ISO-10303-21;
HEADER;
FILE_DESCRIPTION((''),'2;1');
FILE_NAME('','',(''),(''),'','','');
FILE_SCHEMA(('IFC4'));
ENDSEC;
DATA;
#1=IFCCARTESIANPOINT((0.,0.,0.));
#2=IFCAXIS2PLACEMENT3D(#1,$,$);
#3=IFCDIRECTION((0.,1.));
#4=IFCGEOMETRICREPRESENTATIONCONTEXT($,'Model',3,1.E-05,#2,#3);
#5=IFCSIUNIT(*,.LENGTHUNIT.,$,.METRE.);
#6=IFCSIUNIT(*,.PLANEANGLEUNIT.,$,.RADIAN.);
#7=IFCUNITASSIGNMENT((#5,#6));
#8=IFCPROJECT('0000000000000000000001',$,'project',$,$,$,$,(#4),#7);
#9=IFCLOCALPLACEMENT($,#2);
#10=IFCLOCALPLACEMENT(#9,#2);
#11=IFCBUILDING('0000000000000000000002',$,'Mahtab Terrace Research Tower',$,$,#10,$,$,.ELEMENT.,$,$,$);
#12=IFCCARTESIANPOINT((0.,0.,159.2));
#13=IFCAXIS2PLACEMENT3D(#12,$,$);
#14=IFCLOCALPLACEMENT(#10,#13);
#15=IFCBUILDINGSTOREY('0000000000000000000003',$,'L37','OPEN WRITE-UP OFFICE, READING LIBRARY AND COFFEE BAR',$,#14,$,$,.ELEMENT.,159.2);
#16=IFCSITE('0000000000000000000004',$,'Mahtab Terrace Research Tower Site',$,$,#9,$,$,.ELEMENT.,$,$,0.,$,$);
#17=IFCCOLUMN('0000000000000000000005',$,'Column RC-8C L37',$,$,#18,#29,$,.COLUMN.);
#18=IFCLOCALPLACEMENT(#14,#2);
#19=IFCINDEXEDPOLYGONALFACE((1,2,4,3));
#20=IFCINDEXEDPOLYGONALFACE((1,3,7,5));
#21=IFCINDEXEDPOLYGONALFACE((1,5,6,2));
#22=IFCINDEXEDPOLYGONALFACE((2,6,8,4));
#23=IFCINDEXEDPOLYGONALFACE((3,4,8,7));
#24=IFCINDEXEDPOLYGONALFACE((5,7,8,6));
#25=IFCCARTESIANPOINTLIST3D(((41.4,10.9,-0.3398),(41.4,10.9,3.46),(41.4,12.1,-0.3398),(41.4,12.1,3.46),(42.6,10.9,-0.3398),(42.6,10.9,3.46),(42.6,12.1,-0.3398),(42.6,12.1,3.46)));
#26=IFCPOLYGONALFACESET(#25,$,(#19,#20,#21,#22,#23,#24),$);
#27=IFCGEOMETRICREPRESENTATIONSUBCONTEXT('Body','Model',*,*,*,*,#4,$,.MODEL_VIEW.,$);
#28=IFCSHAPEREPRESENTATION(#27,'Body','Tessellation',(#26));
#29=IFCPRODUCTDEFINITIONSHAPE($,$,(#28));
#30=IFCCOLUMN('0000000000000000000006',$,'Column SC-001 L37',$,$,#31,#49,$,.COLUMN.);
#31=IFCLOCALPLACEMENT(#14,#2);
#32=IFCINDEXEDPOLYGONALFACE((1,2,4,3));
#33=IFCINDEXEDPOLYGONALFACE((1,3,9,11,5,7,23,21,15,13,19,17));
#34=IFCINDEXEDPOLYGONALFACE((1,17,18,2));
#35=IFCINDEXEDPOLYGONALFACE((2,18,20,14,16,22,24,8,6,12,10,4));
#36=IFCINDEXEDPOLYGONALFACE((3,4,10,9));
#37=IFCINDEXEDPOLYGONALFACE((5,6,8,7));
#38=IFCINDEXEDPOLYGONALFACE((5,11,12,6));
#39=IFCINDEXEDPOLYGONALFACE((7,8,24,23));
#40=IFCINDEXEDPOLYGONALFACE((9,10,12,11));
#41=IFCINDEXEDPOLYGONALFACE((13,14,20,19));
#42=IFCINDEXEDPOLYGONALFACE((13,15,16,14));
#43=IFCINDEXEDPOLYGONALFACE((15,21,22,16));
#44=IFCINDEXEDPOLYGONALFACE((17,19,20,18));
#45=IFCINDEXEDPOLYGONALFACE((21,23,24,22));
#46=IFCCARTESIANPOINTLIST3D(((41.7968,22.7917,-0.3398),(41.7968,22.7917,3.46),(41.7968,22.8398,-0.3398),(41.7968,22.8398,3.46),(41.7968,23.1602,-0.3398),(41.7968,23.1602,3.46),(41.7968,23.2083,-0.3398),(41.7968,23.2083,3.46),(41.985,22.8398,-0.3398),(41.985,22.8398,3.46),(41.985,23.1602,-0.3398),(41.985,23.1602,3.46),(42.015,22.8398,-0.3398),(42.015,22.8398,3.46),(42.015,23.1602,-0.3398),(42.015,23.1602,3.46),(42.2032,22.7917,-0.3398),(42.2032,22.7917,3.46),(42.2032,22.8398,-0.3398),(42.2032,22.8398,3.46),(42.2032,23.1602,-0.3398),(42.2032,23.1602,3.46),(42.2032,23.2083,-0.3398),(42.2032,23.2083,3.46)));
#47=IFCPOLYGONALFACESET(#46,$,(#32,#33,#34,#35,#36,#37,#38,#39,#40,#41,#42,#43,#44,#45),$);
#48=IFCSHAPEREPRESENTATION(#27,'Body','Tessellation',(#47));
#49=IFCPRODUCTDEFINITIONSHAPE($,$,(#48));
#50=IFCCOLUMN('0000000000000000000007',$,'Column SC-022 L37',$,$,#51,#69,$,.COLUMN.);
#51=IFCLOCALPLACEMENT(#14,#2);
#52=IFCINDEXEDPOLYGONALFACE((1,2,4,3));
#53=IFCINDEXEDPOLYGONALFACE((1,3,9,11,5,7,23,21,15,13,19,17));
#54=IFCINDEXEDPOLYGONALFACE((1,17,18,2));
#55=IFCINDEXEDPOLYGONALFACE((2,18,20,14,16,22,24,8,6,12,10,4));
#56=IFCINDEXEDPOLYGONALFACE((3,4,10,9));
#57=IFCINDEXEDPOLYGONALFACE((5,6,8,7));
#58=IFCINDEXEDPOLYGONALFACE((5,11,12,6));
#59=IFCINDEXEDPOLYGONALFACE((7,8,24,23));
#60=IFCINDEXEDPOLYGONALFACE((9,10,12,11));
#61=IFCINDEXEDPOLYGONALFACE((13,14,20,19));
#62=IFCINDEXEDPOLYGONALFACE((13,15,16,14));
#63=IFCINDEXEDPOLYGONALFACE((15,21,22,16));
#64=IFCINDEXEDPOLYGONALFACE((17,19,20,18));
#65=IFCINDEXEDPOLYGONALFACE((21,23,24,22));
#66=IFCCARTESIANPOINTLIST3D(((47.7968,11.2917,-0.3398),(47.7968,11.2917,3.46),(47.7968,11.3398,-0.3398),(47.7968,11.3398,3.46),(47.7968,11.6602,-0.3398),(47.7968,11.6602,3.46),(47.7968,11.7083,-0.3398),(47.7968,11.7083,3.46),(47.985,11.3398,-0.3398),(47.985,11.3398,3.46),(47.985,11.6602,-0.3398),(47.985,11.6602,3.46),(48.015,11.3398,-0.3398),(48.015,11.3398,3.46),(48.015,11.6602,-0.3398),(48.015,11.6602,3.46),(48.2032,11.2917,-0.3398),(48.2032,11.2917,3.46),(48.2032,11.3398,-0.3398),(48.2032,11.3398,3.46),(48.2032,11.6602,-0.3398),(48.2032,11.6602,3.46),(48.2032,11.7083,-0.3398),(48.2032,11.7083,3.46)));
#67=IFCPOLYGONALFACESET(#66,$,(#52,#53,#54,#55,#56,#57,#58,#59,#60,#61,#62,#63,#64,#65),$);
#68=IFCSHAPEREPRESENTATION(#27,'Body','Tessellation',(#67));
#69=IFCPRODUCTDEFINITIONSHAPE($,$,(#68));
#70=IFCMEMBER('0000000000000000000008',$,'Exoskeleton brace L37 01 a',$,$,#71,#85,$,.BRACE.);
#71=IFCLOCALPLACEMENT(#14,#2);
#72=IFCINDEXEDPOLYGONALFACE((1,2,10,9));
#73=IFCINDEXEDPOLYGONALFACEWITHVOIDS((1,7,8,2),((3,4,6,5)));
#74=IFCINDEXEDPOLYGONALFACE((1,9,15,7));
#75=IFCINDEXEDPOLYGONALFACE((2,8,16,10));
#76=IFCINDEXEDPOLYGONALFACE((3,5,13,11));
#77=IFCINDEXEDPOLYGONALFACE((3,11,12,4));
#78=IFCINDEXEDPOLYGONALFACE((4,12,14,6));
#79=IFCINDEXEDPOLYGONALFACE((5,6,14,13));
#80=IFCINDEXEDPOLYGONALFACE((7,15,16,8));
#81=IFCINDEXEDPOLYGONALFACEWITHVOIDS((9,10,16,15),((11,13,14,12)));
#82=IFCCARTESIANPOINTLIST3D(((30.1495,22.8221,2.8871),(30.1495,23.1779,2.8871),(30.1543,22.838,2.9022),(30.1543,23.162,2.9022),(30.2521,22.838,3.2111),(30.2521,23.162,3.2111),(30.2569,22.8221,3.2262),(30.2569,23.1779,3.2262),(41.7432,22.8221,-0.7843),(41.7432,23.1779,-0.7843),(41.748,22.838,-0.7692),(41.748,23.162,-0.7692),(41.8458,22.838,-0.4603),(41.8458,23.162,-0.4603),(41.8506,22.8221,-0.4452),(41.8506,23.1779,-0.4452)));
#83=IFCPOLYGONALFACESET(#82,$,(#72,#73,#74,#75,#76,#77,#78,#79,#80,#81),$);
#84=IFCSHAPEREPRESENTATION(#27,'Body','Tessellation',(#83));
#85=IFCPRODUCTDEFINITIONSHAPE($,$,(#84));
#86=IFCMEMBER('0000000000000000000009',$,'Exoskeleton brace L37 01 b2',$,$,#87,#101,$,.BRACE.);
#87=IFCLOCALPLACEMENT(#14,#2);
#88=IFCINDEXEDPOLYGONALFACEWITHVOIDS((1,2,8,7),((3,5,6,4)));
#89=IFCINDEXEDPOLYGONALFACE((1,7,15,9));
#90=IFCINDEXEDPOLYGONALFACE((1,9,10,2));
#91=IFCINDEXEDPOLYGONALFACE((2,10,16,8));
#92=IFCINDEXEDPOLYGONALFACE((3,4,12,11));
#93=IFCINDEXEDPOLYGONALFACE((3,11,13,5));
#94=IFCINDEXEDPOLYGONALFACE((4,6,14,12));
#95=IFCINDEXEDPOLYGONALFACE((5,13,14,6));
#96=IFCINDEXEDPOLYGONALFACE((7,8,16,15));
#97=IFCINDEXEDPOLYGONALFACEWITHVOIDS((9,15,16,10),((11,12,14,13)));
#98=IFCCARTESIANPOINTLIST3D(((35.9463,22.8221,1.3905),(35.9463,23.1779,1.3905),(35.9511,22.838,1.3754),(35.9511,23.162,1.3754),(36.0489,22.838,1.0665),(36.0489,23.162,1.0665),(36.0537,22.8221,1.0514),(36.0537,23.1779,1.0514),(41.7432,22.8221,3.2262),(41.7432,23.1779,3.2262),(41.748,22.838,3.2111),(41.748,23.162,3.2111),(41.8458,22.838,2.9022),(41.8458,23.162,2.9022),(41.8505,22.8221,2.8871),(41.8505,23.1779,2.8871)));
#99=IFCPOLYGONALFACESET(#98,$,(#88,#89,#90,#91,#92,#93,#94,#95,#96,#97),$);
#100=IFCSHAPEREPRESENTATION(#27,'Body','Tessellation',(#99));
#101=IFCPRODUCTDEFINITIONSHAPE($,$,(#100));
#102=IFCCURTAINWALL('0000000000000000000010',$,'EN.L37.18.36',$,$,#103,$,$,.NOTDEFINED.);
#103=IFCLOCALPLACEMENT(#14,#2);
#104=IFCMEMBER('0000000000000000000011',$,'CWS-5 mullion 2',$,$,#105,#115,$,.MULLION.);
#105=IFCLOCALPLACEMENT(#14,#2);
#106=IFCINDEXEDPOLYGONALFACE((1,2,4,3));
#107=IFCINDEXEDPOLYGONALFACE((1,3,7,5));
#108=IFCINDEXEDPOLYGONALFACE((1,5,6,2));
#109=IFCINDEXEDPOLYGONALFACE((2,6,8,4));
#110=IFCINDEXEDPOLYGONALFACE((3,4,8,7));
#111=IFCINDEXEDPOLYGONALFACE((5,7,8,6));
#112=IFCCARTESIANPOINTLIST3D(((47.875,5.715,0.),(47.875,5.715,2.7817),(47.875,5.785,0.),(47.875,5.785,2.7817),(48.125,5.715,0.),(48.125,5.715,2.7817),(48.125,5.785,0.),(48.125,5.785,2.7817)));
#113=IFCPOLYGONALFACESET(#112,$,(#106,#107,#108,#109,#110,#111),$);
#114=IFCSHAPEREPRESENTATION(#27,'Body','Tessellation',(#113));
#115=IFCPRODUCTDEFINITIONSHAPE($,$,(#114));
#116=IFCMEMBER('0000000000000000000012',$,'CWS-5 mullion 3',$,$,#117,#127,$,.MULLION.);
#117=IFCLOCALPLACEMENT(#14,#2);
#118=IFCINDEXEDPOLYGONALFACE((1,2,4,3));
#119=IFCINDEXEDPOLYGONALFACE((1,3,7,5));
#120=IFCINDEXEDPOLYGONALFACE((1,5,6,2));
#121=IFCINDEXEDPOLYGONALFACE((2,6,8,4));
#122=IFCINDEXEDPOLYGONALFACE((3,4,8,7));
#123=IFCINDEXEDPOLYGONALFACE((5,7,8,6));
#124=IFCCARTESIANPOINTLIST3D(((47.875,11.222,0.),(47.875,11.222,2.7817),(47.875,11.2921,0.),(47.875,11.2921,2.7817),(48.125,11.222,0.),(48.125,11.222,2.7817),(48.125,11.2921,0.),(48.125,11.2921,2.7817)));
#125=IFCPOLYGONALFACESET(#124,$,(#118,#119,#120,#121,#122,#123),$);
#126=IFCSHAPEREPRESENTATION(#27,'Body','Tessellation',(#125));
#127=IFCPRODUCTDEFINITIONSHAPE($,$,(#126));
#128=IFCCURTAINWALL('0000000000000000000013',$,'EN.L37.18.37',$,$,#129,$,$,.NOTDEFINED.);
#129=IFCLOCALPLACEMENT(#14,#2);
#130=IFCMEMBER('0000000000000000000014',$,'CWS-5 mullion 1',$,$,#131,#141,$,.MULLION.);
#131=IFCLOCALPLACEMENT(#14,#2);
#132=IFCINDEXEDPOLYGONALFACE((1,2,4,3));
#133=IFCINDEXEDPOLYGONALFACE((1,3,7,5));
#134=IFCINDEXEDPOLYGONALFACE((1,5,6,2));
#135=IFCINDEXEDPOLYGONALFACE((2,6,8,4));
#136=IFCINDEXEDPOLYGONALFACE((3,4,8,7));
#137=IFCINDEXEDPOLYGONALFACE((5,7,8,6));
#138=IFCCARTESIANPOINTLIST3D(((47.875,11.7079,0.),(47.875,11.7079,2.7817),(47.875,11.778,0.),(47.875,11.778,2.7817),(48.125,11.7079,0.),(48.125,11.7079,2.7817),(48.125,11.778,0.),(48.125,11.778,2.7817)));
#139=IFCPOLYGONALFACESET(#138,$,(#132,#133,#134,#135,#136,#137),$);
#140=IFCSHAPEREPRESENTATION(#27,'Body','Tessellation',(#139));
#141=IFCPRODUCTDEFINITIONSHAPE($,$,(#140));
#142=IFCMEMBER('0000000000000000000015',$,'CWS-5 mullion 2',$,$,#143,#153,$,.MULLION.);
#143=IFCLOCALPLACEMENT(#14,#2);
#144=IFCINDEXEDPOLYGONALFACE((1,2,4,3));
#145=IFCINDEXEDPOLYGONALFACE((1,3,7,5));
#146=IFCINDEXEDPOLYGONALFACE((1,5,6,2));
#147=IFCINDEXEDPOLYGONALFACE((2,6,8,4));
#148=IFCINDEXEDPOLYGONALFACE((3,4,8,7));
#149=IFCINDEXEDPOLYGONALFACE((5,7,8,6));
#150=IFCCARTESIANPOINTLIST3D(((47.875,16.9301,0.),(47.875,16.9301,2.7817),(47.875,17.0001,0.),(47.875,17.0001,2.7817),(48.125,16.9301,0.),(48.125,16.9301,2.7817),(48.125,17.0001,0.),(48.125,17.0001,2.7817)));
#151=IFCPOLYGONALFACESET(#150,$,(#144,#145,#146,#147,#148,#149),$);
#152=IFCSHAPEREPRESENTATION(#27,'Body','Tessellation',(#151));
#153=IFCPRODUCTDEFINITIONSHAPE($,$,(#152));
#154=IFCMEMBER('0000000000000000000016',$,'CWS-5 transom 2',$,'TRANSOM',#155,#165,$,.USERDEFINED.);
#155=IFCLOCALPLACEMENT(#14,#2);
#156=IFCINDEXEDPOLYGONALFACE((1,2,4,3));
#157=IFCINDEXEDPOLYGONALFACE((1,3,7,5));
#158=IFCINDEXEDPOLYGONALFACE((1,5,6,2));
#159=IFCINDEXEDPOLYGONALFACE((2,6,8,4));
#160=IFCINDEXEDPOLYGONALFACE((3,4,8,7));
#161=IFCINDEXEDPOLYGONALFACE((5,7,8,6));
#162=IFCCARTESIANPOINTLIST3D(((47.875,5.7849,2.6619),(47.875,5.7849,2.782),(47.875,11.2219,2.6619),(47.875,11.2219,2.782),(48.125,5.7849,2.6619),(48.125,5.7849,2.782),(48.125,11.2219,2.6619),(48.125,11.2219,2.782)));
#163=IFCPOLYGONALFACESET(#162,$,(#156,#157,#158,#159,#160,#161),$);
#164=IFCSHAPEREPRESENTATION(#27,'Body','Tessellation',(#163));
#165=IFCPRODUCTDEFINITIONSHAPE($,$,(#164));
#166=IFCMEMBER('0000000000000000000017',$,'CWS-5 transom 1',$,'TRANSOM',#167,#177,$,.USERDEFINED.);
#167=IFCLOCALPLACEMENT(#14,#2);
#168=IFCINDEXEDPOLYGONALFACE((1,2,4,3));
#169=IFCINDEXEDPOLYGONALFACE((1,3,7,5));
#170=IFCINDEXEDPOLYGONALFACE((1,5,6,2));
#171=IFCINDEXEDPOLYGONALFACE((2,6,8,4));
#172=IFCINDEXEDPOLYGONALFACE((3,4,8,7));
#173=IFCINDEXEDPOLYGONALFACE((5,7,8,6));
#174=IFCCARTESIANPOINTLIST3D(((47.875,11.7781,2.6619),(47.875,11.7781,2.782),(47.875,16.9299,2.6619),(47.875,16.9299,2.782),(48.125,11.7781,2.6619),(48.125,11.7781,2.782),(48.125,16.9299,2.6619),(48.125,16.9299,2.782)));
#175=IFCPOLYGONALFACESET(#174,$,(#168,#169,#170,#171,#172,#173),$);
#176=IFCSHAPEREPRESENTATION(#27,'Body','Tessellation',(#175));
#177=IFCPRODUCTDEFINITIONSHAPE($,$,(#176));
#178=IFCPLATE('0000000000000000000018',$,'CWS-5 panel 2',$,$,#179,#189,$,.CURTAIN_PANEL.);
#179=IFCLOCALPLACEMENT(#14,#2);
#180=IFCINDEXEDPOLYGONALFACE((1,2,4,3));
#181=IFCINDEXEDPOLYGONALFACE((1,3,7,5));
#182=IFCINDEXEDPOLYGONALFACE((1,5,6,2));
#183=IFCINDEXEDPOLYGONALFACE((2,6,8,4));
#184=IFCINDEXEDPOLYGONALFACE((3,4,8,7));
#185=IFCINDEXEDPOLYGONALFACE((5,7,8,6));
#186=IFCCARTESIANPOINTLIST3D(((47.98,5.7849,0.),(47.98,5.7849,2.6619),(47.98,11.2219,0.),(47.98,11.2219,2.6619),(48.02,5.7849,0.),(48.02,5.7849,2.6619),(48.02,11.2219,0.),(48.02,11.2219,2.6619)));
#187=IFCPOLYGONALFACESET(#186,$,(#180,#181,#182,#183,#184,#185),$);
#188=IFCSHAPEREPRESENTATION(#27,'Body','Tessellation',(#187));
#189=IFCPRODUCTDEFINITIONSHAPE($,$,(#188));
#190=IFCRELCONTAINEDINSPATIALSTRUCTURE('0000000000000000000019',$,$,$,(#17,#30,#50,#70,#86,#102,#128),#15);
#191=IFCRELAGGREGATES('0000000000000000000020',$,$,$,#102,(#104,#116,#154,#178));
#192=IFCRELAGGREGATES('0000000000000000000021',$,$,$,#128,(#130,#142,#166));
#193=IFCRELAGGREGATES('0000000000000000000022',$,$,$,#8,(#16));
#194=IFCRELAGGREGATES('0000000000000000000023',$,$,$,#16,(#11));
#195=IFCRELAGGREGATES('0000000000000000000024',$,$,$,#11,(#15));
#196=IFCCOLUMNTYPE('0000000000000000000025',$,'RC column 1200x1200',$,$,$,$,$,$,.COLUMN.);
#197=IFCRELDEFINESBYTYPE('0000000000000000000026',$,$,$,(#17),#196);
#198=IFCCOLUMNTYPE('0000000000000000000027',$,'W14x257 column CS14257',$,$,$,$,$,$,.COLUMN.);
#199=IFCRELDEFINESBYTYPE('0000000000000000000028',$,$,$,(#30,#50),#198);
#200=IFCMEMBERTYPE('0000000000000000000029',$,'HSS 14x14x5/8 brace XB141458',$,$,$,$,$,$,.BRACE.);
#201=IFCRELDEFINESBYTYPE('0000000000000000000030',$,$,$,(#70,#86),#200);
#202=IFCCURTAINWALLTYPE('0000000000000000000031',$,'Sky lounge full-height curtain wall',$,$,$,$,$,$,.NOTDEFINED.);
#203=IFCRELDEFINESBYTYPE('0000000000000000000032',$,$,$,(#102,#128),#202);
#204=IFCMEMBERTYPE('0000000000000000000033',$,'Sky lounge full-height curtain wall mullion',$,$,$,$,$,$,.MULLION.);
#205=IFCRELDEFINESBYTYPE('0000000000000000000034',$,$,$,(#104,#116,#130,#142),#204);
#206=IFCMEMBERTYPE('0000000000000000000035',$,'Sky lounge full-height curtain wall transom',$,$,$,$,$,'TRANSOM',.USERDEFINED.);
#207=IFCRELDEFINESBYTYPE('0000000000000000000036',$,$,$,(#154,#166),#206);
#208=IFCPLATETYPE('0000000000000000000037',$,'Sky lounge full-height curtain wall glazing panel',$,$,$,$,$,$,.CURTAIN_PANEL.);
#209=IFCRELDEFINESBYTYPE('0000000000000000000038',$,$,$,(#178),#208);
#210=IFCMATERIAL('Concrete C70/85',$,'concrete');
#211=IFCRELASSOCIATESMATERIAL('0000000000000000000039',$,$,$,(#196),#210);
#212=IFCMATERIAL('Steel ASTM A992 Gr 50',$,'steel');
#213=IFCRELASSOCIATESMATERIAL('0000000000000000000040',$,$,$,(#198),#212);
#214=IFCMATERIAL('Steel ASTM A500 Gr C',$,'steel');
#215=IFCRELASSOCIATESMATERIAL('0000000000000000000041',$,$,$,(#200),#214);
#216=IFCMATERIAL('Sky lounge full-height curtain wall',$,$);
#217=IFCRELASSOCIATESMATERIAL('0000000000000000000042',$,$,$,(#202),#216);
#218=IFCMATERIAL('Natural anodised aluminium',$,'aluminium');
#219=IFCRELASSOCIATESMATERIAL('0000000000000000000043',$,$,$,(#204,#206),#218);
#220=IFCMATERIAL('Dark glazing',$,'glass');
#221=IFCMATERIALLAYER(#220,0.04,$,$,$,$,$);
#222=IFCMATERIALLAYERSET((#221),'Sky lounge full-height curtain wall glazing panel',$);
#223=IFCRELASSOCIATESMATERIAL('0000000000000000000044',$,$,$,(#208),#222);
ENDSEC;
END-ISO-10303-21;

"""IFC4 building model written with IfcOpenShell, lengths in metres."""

from ifc_helpers import new_model, si_unit, direction, frame, origin, origin_2d, place, context, subcontext, project, spatial, rectangle, hollow_rectangle, i_section, extrude, material, layer, layer_set, material_profile, profile_set, type_object, element, aggregate, save


model = new_model("IFC4")

# Units and contexts
model_context = context("Model", 3, precision=1e-05, world=origin(), true_north=direction((0.0, 1.0)))
body_context = subcontext(model_context, "Body", "Model", "MODEL_VIEW")
ifc_project = project(units=[si_unit("LENGTHUNIT", "METRE"), si_unit("PLANEANGLEUNIT", "RADIAN")], contexts=[model_context])

# Site, building, storey
site_placement = place(None, origin())
site = spatial("IfcSite", under=ifc_project, at=site_placement, Name="Mahtab Terrace Research Tower Site", CompositionType="ELEMENT", RefElevation=0.0)
building_placement = place(site_placement, origin())
building = spatial("IfcBuilding", under=site, at=building_placement, Name="Mahtab Terrace Research Tower", CompositionType="ELEMENT")
storey_placement = place(building_placement, frame((0.0, 0.0, 159.2)))
storey = spatial("IfcBuildingStorey", under=building, at=storey_placement, Name="L37", Description="OPEN WRITE-UP OFFICE, READING LIBRARY AND COFFEE BAR", CompositionType="ELEMENT", Elevation=159.2)

# Columns
ifc_material_1 = material(Name="Concrete C70/85", Category="concrete")
ifc_material_profile_1 = material_profile(ifc_material_1, rectangle(XDim=1.2, YDim=1.2, at=origin_2d()), Name="RC column 1200x1200")
ifc_profile_set_1 = profile_set([ifc_material_profile_1], Name="Concrete C70/85")
column_type_1 = type_object("IfcColumnType", Name="RC column 1200x1200", PredefinedType="COLUMN", material=ifc_profile_set_1)
column_placement = place(storey_placement, frame((42.0, 11.5, -0.3398), z_axis=(0.0, 0.0, 1.0), x_axis=(1.0, 0.0, 0.0)))
element("IfcColumn", 1, at=column_placement, inside=storey, type_object=column_type_1, Name="Column RC-8C L37", PredefinedType="COLUMN", context=body_context, shape_type="SweptSolid", body=[
    extrude(rectangle(XDim=1.2, YDim=1.2, at=origin_2d()), origin(), (0.0, 0.0, 1.0), 3.7998),
])
ifc_material_2 = material(Name="Steel ASTM A992 Gr 50", Category="steel")
ifc_material_profile_2 = material_profile(ifc_material_2, i_section(OverallWidth=0.4065, OverallDepth=0.4165, WebThickness=0.03, FlangeThickness=0.0481, at=origin_2d()), Name="W14X257")
ifc_profile_set_2 = profile_set([ifc_material_profile_2], Name="Steel ASTM A992 Gr 50")
column_type_2 = type_object("IfcColumnType", Name="W14x257 column CS14257", PredefinedType="COLUMN", material=ifc_profile_set_2)
for number, where, z_axis, x_axis, name in (
    (2, (42.0, 23.0, -0.3398), (0.0, 0.0, 1.0), (1.0, 0.0, 0.0), "Column SC-001 L37"),
    (3, (48.0, 11.5, -0.3398), (0.0, 0.0, 1.0), (1.0, 0.0, 0.0), "Column SC-022 L37"),
):
    element("IfcColumn", number, at=place(storey_placement, frame(where, z_axis=z_axis, x_axis=x_axis)), inside=storey, type_object=column_type_2, Name=name, PredefinedType="COLUMN", context=body_context, shape_type="SweptSolid", body=[
        extrude(i_section(OverallWidth=0.4065, OverallDepth=0.4165, WebThickness=0.03, FlangeThickness=0.0481, at=origin_2d()), origin(), (0.0, 0.0, 1.0), 3.7998),
    ])

# Members
ifc_material_3 = material(Name="Steel ASTM A500 Gr C", Category="steel")
ifc_material_profile_3 = material_profile(ifc_material_3, hollow_rectangle(XDim=0.3557, YDim=0.3557, WallThickness=0.0159, at=origin_2d()), Name="HSS14X14X5/8")
ifc_profile_set_3 = profile_set([ifc_material_profile_3], Name="Steel ASTM A500 Gr C")
member_type_1 = type_object("IfcMemberType", Name="HSS 14x14x5/8 brace XB141458", PredefinedType="BRACE", material=ifc_profile_set_3)
member_1_placement = place(storey_placement, frame((41.7969, 23.0, -0.6147), z_axis=(-0.953341, 0.0, 0.301894), x_axis=(0.0, -1.0, 0.0)))
element("IfcMember", 4, at=member_1_placement, inside=storey, type_object=member_type_1, Name="Exoskeleton brace L37 01 a", PredefinedType="BRACE", context=body_context, shape_type="SweptSolid", body=[
    extrude(hollow_rectangle(XDim=0.3557, YDim=0.3557, WallThickness=0.0159, at=origin_2d()), origin(), (0.0, 0.0, 1.0), 12.1611),
])
member_2_placement = place(storey_placement, frame((36.0, 23.0, 1.2209), z_axis=(0.953341, 0.0, 0.301894), x_axis=(0.0, 1.0, 0.0)))
element("IfcMember", 5, at=member_2_placement, inside=storey, type_object=member_type_1, Name="Exoskeleton brace L37 01 b2", PredefinedType="BRACE", context=body_context, shape_type="SweptSolid", body=[
    extrude(hollow_rectangle(XDim=0.3557, YDim=0.3557, WallThickness=0.0159, at=origin_2d()), origin(), (0.0, 0.0, 1.0), 6.0806),
])

# Curtain walls, members
ifc_material_4 = material(Name="Sky lounge full-height curtain wall")
curtain_wall_type = type_object("IfcCurtainWallType", Name="Sky lounge full-height curtain wall", PredefinedType="NOTDEFINED", material=ifc_material_4)
curtain_wall_1_placement = place(storey_placement, origin())
curtain_wall_1 = element("IfcCurtainWall", 6, at=curtain_wall_1_placement, inside=storey, type_object=curtain_wall_type, Name="EN.L37.18.36", PredefinedType="NOTDEFINED")
ifc_material_5 = material(Name="Natural anodised aluminium", Category="aluminium")
ifc_material_profile_4 = material_profile(ifc_material_5, rectangle(XDim=0.25, YDim=0.0701, at=origin_2d()), Name="MULLION 70x250")
ifc_profile_set_4 = profile_set([ifc_material_profile_4], Name="Natural anodised aluminium")
member_type_2 = type_object("IfcMemberType", Name="Sky lounge full-height curtain wall mullion", PredefinedType="MULLION", material=ifc_profile_set_4)
member_3_placement = place(storey_placement, frame((48.0, 5.75, 0.0), z_axis=(0.0, 0.0, 1.0), x_axis=(-1.0, 0.0, 0.0)))
member_3 = element("IfcMember", 7, at=member_3_placement, type_object=member_type_2, Name="CWS-5 mullion 2", PredefinedType="MULLION", context=body_context, shape_type="SweptSolid", body=[
    extrude(rectangle(XDim=0.25, YDim=0.0701, at=origin_2d()), origin(), (0.0, 0.0, 1.0), 2.7817),
])
member_4_placement = place(storey_placement, frame((48.0, 11.2571, 0.0), z_axis=(0.0, 0.0, 1.0), x_axis=(-1.0, 0.0, 0.0)))
member_4 = element("IfcMember", 8, at=member_4_placement, type_object=member_type_2, Name="CWS-5 mullion 3", PredefinedType="MULLION", context=body_context, shape_type="SweptSolid", body=[
    extrude(rectangle(XDim=0.25, YDim=0.0701, at=origin_2d()), origin(), (0.0, 0.0, 1.0), 2.7817),
])
curtain_wall_2_placement = place(storey_placement, origin())
curtain_wall_2 = element("IfcCurtainWall", 9, at=curtain_wall_2_placement, inside=storey, type_object=curtain_wall_type, Name="EN.L37.18.37", PredefinedType="NOTDEFINED")
member_5_placement = place(storey_placement, frame((48.0, 11.7429, 0.0), z_axis=(0.0, 0.0, 1.0), x_axis=(-1.0, 0.0, 0.0)))
member_5 = element("IfcMember", 10, at=member_5_placement, type_object=member_type_2, Name="CWS-5 mullion 1", PredefinedType="MULLION", context=body_context, shape_type="SweptSolid", body=[
    extrude(rectangle(XDim=0.25, YDim=0.0701, at=origin_2d()), origin(), (0.0, 0.0, 1.0), 2.7817),
])
member_6_placement = place(storey_placement, frame((48.0, 16.9651, 0.0), z_axis=(0.0, 0.0, 1.0), x_axis=(-1.0, 0.0, 0.0)))
member_6 = element("IfcMember", 11, at=member_6_placement, type_object=member_type_2, Name="CWS-5 mullion 2", PredefinedType="MULLION", context=body_context, shape_type="SweptSolid", body=[
    extrude(rectangle(XDim=0.25, YDim=0.0701, at=origin_2d()), origin(), (0.0, 0.0, 1.0), 2.7817),
])

# Members
ifc_material_profile_5 = material_profile(ifc_material_5, rectangle(XDim=0.25, YDim=0.1201, at=origin_2d()), Name="TRANSOM 120x250")
ifc_profile_set_5 = profile_set([ifc_material_profile_5], Name="Natural anodised aluminium")
member_type_3 = type_object("IfcMemberType", Name="Sky lounge full-height curtain wall transom", ElementType="TRANSOM", PredefinedType="USERDEFINED", material=ifc_profile_set_5)
member_7_placement = place(storey_placement, frame((48.0, 5.7849, 2.7219), z_axis=(0.0, 1.0, 0.0), x_axis=(-1.0, 0.0, 0.0)))
member_7 = element("IfcMember", 12, at=member_7_placement, type_object=member_type_3, Name="CWS-5 transom 2", ObjectType="TRANSOM", PredefinedType="USERDEFINED", context=body_context, shape_type="SweptSolid", body=[
    extrude(rectangle(XDim=0.25, YDim=0.1201, at=origin_2d()), origin(), (0.0, 0.0, 1.0), 5.437),
])
member_8_placement = place(storey_placement, frame((48.0, 11.7781, 2.7219), z_axis=(0.0, 1.0, 0.0), x_axis=(-1.0, 0.0, 0.0)))
member_8 = element("IfcMember", 13, at=member_8_placement, type_object=member_type_3, Name="CWS-5 transom 1", ObjectType="TRANSOM", PredefinedType="USERDEFINED", context=body_context, shape_type="SweptSolid", body=[
    extrude(rectangle(XDim=0.25, YDim=0.1201, at=origin_2d()), origin(), (0.0, 0.0, 1.0), 5.1519),
])

# Plate
ifc_material_6 = material(Name="Dark glazing", Category="glass")
ifc_layer_1 = layer(ifc_material_6, 0.04)
ifc_layer_set_1 = layer_set([ifc_layer_1], Name="Sky lounge full-height curtain wall glazing panel")
plate_type = type_object("IfcPlateType", Name="Sky lounge full-height curtain wall glazing panel", PredefinedType="CURTAIN_PANEL", material=ifc_layer_set_1)
plate_1_placement = place(storey_placement, frame((48.0, 8.5034, 0.0), z_axis=(0.0, 0.0, 1.0), x_axis=(0.0, 1.0, 0.0)))
plate_1 = element("IfcPlate", 14, at=plate_1_placement, type_object=plate_type, Name="CWS-5 panel 2", PredefinedType="CURTAIN_PANEL", context=body_context, shape_type="SweptSolid", body=[
    extrude(rectangle(XDim=5.437, YDim=0.04, at=origin_2d()), origin(), (0.0, 0.0, 1.0), 2.6619),
])
aggregate(curtain_wall_1, [member_3, member_4, member_7, plate_1])
aggregate(curtain_wall_2, [member_5, member_6, member_8])

save(model, "model.ifc")
